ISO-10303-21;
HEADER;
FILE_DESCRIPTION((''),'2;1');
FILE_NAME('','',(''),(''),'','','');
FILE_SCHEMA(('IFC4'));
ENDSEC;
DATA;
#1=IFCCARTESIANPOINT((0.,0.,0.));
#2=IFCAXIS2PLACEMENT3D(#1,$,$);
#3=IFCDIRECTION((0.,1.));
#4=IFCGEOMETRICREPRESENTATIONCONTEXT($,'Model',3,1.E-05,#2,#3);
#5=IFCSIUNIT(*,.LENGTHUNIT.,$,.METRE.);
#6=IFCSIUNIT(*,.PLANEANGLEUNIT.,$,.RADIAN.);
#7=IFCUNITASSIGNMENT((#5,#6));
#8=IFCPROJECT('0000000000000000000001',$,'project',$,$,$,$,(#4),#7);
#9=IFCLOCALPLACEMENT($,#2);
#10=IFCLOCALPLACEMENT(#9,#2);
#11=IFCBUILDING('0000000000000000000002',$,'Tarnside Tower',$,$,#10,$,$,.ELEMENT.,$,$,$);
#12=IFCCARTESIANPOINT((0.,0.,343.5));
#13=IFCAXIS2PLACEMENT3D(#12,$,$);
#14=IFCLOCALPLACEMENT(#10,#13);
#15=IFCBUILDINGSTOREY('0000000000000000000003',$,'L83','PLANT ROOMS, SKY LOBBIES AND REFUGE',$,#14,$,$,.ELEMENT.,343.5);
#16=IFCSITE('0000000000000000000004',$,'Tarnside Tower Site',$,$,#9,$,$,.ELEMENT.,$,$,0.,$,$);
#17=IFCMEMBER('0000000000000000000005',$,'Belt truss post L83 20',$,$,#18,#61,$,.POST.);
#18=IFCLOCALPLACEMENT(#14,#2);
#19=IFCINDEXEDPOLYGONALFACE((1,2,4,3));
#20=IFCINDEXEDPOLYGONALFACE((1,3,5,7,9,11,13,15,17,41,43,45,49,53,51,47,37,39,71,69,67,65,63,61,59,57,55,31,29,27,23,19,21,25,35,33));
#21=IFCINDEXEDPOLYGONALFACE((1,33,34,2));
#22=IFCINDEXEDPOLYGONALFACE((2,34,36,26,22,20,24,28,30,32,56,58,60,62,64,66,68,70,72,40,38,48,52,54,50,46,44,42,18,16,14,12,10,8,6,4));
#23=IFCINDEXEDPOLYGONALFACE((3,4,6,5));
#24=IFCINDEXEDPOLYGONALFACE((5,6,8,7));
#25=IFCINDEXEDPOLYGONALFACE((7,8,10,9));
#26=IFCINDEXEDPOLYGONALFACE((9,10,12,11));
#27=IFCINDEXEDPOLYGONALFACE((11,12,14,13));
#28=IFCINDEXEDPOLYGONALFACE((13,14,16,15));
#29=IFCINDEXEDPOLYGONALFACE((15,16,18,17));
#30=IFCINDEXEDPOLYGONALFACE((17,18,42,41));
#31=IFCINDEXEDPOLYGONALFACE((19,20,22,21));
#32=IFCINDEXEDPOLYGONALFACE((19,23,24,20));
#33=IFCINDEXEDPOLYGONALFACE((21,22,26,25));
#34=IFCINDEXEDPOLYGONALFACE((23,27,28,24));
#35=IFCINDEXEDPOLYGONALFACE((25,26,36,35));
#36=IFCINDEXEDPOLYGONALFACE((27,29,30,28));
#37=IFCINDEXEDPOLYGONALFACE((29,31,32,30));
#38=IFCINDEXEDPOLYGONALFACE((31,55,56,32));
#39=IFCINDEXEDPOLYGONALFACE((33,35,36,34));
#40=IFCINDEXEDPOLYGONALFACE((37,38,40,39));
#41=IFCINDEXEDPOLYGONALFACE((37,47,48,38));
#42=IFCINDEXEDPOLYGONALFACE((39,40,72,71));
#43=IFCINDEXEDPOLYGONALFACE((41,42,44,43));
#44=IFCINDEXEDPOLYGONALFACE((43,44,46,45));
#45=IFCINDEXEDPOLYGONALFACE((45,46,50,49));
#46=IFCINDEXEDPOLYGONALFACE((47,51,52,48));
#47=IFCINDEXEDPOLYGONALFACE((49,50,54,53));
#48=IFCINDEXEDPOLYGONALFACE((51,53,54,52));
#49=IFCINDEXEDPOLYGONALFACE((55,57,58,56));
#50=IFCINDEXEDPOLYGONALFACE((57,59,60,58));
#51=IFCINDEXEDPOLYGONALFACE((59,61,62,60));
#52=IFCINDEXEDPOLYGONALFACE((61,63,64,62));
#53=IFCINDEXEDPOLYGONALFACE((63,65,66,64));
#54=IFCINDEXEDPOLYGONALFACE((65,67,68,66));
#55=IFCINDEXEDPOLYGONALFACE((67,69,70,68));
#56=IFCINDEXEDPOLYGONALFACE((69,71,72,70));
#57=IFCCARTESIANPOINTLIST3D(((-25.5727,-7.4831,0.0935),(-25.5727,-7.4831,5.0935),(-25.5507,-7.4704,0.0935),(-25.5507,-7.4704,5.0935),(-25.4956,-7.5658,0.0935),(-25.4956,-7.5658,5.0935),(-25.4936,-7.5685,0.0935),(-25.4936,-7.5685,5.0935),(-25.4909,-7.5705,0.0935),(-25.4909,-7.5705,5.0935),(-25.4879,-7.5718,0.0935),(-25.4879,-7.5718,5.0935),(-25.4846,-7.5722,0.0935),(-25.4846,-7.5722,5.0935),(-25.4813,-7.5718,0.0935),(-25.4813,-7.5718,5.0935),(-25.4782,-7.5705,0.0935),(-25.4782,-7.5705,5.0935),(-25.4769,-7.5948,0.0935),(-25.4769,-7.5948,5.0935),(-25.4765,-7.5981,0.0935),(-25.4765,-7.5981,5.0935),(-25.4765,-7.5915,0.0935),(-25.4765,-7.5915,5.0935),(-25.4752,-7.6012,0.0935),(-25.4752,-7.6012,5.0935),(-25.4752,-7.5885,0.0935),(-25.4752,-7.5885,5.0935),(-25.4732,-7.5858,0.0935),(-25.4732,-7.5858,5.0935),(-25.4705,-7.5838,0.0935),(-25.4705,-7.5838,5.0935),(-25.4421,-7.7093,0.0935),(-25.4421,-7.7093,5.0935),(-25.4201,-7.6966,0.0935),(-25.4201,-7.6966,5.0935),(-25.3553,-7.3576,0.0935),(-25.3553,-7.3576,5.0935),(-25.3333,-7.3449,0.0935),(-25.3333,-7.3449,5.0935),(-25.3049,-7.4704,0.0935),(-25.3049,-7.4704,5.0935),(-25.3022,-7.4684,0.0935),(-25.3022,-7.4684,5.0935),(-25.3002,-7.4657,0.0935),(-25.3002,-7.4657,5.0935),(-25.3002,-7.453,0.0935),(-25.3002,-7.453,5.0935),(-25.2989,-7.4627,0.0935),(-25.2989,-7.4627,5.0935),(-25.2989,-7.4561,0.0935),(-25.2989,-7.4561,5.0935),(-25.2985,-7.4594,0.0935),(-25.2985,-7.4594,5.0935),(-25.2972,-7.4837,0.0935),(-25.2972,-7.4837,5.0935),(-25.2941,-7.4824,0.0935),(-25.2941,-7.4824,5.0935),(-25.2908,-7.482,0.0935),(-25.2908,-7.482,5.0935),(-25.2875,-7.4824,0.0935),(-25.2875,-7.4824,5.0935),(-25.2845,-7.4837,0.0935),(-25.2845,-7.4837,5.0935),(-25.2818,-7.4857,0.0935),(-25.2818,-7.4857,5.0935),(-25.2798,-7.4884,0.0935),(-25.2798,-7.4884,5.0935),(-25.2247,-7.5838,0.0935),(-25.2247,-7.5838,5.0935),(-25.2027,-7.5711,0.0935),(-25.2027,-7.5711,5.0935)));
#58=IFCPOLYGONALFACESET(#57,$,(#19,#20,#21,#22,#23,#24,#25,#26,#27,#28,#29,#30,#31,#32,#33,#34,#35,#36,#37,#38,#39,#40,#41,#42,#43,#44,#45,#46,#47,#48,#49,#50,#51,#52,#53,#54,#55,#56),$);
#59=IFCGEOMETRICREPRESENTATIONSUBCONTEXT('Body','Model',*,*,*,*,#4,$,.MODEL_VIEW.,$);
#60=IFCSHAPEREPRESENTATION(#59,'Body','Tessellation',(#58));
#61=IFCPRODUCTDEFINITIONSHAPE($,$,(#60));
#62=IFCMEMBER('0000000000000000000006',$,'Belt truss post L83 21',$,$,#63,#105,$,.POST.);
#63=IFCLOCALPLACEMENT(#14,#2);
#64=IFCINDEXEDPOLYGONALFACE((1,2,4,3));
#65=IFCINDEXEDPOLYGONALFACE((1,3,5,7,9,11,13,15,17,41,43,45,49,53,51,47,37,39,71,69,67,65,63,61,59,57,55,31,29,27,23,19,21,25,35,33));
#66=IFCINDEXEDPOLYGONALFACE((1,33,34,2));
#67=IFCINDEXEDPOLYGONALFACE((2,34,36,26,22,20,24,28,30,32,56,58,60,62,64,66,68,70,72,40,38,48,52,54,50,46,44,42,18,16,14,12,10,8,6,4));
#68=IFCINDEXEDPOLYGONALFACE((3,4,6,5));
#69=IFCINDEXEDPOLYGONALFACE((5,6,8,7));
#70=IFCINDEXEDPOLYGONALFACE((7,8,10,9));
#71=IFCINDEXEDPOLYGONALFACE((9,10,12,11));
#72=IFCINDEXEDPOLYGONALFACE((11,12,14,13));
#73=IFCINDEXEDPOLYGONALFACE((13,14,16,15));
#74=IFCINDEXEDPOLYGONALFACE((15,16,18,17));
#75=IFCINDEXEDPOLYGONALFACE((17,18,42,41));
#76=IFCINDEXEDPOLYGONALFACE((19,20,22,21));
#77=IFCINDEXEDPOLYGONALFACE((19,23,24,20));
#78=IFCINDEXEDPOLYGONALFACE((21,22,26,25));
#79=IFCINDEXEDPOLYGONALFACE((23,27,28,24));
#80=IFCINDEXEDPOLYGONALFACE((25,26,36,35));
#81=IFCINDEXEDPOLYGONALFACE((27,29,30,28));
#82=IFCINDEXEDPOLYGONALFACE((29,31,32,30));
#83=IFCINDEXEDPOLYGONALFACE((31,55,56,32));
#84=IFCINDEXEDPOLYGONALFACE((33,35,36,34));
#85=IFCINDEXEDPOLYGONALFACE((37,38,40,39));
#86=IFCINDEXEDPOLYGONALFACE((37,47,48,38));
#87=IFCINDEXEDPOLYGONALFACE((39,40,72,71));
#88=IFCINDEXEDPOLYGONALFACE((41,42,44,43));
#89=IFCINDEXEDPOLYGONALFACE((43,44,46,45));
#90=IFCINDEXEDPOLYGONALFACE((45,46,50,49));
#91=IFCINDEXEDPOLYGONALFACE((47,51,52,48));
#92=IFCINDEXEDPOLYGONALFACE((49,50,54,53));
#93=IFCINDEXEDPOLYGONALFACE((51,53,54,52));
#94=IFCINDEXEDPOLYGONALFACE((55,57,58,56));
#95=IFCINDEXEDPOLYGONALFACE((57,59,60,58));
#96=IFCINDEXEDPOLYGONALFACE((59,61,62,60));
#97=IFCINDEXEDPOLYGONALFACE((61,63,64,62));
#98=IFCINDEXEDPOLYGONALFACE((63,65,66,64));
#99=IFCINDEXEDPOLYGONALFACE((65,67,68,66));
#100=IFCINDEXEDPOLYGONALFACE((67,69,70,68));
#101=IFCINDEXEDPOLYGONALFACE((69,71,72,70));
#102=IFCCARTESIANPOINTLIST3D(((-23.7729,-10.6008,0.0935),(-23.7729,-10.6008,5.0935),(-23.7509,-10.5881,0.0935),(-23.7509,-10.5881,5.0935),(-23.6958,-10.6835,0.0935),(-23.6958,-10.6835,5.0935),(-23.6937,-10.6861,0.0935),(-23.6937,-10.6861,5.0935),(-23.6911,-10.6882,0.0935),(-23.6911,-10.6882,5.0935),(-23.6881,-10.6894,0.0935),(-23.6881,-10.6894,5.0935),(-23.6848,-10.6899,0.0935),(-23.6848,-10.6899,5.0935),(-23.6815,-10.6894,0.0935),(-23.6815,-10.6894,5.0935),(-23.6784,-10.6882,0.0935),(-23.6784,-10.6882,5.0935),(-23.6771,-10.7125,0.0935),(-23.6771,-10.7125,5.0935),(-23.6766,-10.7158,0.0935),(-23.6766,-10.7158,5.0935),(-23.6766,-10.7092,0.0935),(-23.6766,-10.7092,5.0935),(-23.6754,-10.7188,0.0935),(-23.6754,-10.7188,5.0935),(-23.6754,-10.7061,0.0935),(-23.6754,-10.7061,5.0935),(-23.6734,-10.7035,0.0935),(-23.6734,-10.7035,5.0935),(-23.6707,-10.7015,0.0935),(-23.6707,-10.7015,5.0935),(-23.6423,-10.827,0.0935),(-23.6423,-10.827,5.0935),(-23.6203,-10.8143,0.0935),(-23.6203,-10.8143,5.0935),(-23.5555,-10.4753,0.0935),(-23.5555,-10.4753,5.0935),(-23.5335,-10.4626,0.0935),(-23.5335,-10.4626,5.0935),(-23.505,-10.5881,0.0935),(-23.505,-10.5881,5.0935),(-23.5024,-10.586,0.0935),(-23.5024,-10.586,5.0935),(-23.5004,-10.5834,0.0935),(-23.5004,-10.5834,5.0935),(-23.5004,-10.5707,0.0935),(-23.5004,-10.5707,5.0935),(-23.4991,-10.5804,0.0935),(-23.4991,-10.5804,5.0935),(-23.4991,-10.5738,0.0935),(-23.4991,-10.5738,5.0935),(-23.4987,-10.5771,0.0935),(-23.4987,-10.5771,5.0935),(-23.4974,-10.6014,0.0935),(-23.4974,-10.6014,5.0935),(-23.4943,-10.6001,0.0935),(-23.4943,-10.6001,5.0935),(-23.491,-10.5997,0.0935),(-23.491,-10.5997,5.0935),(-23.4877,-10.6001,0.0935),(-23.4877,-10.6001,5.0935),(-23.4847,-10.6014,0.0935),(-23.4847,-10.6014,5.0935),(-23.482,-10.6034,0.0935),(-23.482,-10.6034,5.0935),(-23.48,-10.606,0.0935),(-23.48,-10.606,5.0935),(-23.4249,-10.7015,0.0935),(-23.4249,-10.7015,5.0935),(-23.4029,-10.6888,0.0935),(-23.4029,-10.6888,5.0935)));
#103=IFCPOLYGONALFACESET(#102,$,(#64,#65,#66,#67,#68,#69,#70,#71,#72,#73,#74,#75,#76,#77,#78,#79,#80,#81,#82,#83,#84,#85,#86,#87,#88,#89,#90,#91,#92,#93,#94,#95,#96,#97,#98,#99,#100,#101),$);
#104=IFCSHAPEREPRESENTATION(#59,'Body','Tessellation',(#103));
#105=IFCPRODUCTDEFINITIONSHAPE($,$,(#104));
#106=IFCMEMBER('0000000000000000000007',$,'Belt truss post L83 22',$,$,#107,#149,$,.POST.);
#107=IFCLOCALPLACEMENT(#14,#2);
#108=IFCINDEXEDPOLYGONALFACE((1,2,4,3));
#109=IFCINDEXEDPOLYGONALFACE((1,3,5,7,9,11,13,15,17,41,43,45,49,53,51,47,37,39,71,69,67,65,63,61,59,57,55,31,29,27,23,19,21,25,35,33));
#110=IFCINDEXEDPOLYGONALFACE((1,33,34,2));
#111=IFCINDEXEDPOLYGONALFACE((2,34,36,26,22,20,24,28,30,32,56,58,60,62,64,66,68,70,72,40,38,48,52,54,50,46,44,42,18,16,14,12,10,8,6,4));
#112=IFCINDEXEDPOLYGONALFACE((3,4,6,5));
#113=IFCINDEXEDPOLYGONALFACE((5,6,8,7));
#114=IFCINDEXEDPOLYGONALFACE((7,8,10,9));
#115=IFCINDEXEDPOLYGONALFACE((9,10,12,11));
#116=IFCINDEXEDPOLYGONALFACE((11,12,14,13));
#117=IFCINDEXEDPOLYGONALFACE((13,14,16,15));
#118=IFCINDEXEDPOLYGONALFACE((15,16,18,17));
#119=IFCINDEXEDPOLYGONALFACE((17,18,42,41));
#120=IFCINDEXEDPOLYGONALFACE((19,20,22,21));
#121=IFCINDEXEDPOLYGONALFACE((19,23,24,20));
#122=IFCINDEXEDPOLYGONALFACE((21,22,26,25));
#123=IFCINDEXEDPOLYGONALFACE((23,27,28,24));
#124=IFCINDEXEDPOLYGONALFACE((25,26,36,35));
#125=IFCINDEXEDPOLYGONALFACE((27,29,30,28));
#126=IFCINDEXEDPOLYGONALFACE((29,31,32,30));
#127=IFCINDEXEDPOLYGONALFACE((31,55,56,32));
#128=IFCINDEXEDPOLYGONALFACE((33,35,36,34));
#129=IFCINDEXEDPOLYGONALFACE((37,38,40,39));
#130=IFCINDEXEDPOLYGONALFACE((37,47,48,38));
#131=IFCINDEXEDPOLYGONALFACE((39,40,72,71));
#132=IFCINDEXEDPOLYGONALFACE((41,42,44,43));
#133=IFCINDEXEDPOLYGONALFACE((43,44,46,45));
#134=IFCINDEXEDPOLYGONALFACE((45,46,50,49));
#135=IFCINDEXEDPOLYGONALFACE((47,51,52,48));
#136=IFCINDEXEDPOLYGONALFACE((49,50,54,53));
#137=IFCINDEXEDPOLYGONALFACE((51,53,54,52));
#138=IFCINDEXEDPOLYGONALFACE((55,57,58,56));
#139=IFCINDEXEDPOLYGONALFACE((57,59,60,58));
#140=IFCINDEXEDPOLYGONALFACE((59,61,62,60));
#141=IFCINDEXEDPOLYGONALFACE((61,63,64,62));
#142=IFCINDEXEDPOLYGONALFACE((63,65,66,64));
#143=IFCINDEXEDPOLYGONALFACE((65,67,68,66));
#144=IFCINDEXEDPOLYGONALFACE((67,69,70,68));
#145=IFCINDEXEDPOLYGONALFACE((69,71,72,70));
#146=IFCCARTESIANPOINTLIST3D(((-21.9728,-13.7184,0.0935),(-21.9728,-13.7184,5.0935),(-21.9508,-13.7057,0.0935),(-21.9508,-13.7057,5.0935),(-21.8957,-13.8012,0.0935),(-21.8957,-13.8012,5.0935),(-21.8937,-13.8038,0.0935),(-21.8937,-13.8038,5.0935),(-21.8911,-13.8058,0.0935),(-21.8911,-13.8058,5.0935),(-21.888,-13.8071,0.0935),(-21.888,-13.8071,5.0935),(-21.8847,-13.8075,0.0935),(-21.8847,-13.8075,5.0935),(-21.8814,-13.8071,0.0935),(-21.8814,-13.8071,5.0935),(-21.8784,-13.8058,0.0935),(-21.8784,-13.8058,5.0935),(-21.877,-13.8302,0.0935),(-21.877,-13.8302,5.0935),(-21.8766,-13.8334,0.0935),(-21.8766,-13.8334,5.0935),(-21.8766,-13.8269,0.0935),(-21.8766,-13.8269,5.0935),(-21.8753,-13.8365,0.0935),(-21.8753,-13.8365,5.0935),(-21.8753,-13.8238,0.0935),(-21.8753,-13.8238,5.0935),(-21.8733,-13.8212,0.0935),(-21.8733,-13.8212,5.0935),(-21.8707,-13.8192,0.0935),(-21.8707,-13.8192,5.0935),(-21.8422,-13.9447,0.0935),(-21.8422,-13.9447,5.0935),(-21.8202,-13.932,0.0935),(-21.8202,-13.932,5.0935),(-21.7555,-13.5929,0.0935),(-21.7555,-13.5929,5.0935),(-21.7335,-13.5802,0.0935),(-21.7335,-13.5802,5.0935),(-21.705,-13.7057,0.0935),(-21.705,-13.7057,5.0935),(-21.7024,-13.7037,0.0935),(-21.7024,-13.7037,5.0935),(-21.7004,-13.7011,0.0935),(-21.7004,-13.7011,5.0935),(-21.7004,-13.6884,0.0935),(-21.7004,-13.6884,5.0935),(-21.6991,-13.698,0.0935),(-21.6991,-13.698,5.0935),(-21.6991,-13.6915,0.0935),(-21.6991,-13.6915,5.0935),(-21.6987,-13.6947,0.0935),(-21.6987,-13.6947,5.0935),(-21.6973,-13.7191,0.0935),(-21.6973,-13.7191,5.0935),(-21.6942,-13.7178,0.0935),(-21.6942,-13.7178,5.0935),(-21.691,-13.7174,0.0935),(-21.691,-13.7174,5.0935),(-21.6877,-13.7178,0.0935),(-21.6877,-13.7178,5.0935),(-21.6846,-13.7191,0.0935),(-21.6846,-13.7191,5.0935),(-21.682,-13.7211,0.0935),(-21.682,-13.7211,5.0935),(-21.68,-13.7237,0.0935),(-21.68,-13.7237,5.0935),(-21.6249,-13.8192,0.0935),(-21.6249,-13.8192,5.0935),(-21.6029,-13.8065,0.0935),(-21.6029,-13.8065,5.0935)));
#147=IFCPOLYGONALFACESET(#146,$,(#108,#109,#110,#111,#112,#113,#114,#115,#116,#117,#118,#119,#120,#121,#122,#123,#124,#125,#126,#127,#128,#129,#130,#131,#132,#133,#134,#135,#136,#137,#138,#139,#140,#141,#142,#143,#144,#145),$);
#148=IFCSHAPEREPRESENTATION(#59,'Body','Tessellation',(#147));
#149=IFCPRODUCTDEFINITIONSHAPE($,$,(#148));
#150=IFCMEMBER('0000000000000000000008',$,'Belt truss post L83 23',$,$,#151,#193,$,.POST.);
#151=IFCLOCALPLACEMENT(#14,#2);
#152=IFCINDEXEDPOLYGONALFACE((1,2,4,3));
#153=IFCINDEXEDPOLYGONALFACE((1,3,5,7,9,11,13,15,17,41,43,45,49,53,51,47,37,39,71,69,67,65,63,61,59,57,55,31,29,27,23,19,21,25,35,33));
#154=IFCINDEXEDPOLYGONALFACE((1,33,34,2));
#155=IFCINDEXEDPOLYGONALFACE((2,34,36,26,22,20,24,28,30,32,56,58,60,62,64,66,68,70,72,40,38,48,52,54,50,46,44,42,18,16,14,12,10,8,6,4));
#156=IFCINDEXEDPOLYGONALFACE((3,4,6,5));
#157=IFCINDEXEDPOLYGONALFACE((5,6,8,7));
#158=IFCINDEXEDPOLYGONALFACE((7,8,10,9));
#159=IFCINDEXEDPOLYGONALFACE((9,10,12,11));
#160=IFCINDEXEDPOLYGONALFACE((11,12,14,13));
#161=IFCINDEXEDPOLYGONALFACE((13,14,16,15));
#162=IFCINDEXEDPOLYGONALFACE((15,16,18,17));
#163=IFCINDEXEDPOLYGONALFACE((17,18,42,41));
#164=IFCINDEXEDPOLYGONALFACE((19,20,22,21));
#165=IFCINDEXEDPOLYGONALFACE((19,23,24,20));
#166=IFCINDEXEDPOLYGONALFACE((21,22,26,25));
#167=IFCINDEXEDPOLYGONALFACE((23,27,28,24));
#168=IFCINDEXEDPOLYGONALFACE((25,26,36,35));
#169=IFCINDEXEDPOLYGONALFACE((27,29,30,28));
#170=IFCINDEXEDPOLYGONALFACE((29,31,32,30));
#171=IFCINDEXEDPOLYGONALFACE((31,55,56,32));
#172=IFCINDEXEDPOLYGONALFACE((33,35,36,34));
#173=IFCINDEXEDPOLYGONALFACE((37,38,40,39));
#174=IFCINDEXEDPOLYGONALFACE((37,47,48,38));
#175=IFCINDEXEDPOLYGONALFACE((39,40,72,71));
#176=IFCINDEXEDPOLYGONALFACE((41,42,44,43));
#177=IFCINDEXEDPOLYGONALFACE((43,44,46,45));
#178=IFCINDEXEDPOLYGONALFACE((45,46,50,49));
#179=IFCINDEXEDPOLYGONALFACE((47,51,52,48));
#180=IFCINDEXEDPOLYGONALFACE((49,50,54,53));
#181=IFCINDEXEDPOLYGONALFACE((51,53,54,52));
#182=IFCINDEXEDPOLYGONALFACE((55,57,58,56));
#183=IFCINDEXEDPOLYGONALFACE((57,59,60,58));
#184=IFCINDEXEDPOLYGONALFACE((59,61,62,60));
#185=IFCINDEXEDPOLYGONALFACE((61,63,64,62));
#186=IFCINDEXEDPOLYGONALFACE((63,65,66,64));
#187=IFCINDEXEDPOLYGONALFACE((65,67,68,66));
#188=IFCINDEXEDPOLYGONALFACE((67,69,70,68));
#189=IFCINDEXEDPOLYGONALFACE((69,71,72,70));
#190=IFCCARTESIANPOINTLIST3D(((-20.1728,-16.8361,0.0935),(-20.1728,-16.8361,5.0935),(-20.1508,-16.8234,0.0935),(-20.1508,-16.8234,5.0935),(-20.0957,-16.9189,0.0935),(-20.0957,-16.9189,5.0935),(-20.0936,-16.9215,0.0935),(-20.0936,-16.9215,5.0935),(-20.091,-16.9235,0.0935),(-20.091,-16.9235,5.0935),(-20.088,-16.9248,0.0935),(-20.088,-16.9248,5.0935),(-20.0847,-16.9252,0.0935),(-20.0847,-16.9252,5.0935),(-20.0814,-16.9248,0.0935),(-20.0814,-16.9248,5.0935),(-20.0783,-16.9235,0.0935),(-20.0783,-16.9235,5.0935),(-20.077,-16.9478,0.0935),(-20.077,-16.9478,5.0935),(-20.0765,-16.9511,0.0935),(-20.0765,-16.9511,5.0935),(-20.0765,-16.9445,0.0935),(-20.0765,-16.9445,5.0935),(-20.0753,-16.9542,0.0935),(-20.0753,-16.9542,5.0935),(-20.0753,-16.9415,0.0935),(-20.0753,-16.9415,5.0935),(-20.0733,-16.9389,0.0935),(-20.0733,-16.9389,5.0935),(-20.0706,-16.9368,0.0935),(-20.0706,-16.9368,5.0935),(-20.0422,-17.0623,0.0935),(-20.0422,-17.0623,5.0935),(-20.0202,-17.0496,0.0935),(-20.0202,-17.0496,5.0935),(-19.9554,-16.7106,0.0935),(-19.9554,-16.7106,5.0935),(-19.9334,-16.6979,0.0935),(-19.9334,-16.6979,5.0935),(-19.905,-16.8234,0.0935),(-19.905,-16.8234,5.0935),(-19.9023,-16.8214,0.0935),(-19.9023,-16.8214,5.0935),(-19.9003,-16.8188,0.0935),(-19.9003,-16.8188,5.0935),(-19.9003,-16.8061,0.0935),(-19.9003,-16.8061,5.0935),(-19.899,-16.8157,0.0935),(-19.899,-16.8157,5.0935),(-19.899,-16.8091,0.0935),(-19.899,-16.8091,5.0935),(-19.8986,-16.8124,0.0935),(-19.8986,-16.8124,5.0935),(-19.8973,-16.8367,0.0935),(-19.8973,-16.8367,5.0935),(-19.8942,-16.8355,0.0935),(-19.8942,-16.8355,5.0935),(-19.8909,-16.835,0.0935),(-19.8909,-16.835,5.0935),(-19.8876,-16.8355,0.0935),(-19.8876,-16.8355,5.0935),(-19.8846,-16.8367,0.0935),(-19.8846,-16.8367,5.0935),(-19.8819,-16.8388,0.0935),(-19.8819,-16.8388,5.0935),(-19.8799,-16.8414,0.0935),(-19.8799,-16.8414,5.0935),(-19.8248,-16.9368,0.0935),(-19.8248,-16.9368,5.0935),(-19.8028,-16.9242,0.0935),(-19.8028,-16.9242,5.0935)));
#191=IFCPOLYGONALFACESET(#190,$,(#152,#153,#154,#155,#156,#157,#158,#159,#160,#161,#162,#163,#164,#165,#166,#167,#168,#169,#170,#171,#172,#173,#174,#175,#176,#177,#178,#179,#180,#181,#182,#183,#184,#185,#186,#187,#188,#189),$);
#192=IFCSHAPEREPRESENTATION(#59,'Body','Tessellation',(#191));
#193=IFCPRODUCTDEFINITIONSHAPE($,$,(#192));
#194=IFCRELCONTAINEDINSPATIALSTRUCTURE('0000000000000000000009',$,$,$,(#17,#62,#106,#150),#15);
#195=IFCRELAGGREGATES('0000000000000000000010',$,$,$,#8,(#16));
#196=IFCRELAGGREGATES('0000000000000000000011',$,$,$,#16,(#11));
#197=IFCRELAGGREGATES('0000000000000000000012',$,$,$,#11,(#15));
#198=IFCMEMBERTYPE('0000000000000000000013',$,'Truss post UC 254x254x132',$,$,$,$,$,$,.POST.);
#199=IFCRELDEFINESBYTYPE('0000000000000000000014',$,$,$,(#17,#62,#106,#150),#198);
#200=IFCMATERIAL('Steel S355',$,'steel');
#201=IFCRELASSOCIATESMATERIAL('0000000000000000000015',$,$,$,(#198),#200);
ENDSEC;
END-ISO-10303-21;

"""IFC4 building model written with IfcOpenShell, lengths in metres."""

from ifc_helpers import new_model, si_unit, direction, frame, origin, origin_2d, place, context, subcontext, project, spatial, i_section, extrude, material, material_profile, profile_set, type_object, element, save


model = new_model("IFC4")

# Units and contexts
model_context = context("Model", 3, precision=1e-05, world=origin(), true_north=direction((0.0, 1.0)))
body_context = subcontext(model_context, "Body", "Model", "MODEL_VIEW")
ifc_project = project(units=[si_unit("LENGTHUNIT", "METRE"), si_unit("PLANEANGLEUNIT", "RADIAN")], contexts=[model_context])

# Site, building, storey
site_placement = place(None, origin())
site = spatial("IfcSite", under=ifc_project, at=site_placement, Name="Tarnside Tower Site", CompositionType="ELEMENT", RefElevation=0.0)
building_placement = place(site_placement, origin())
building = spatial("IfcBuilding", under=site, at=building_placement, Name="Tarnside Tower", CompositionType="ELEMENT")
storey_placement = place(building_placement, frame((0.0, 0.0, 343.5)))
storey = spatial("IfcBuildingStorey", under=building, at=storey_placement, Name="L83", Description="PLANT ROOMS, SKY LOBBIES AND REFUGE", CompositionType="ELEMENT", Elevation=343.5)

# Shared definitions
ifc_material_1 = material(Name="Steel S355", Category="steel")

# Members
ifc_material_profile_1 = material_profile(ifc_material_1, i_section(OverallWidth=0.2612, OverallDepth=0.2764, WebThickness=0.0154, FlangeThickness=0.0254, FilletRadius=0.0127, at=origin_2d()), Name="UC 254x254x132")
ifc_profile_set_1 = profile_set([ifc_material_profile_1], Name="Steel S355")
member_type_1 = type_object("IfcMemberType", Name="Truss post UC 254x254x132", PredefinedType="POST", material=ifc_profile_set_1)
for number, where, z_axis, x_axis, name in (
    (1, (-25.3877, -7.5271, 0.0935), (0.0, 0.0, 1.0), (0.5, -0.866025, 0.0), "Belt truss post L83 20"),
    (2, (-23.5879, -10.6448, 0.0935), (0.0, 0.0, 1.0), (0.5, -0.866025, 0.0), "Belt truss post L83 21"),
    (3, (-21.7878, -13.7625, 0.0935), (0.0, 0.0, 1.0), (0.5, -0.866025, 0.0), "Belt truss post L83 22"),
    (4, (-19.9878, -16.8801, 0.0935), (0.0, 0.0, 1.0), (0.5, -0.866025, 0.0), "Belt truss post L83 23"),
):
    element("IfcMember", number, at=place(storey_placement, frame(where, z_axis=z_axis, x_axis=x_axis)), inside=storey, type_object=member_type_1, Name=name, PredefinedType="POST", context=body_context, shape_type="SweptSolid", body=[
        extrude(i_section(OverallWidth=0.2612, OverallDepth=0.2764, WebThickness=0.0154, FlangeThickness=0.0254, FilletRadius=0.0127, at=origin_2d()), origin(), (0.0, 0.0, 1.0), 5.0),
    ])

save(model, "model.ifc")
